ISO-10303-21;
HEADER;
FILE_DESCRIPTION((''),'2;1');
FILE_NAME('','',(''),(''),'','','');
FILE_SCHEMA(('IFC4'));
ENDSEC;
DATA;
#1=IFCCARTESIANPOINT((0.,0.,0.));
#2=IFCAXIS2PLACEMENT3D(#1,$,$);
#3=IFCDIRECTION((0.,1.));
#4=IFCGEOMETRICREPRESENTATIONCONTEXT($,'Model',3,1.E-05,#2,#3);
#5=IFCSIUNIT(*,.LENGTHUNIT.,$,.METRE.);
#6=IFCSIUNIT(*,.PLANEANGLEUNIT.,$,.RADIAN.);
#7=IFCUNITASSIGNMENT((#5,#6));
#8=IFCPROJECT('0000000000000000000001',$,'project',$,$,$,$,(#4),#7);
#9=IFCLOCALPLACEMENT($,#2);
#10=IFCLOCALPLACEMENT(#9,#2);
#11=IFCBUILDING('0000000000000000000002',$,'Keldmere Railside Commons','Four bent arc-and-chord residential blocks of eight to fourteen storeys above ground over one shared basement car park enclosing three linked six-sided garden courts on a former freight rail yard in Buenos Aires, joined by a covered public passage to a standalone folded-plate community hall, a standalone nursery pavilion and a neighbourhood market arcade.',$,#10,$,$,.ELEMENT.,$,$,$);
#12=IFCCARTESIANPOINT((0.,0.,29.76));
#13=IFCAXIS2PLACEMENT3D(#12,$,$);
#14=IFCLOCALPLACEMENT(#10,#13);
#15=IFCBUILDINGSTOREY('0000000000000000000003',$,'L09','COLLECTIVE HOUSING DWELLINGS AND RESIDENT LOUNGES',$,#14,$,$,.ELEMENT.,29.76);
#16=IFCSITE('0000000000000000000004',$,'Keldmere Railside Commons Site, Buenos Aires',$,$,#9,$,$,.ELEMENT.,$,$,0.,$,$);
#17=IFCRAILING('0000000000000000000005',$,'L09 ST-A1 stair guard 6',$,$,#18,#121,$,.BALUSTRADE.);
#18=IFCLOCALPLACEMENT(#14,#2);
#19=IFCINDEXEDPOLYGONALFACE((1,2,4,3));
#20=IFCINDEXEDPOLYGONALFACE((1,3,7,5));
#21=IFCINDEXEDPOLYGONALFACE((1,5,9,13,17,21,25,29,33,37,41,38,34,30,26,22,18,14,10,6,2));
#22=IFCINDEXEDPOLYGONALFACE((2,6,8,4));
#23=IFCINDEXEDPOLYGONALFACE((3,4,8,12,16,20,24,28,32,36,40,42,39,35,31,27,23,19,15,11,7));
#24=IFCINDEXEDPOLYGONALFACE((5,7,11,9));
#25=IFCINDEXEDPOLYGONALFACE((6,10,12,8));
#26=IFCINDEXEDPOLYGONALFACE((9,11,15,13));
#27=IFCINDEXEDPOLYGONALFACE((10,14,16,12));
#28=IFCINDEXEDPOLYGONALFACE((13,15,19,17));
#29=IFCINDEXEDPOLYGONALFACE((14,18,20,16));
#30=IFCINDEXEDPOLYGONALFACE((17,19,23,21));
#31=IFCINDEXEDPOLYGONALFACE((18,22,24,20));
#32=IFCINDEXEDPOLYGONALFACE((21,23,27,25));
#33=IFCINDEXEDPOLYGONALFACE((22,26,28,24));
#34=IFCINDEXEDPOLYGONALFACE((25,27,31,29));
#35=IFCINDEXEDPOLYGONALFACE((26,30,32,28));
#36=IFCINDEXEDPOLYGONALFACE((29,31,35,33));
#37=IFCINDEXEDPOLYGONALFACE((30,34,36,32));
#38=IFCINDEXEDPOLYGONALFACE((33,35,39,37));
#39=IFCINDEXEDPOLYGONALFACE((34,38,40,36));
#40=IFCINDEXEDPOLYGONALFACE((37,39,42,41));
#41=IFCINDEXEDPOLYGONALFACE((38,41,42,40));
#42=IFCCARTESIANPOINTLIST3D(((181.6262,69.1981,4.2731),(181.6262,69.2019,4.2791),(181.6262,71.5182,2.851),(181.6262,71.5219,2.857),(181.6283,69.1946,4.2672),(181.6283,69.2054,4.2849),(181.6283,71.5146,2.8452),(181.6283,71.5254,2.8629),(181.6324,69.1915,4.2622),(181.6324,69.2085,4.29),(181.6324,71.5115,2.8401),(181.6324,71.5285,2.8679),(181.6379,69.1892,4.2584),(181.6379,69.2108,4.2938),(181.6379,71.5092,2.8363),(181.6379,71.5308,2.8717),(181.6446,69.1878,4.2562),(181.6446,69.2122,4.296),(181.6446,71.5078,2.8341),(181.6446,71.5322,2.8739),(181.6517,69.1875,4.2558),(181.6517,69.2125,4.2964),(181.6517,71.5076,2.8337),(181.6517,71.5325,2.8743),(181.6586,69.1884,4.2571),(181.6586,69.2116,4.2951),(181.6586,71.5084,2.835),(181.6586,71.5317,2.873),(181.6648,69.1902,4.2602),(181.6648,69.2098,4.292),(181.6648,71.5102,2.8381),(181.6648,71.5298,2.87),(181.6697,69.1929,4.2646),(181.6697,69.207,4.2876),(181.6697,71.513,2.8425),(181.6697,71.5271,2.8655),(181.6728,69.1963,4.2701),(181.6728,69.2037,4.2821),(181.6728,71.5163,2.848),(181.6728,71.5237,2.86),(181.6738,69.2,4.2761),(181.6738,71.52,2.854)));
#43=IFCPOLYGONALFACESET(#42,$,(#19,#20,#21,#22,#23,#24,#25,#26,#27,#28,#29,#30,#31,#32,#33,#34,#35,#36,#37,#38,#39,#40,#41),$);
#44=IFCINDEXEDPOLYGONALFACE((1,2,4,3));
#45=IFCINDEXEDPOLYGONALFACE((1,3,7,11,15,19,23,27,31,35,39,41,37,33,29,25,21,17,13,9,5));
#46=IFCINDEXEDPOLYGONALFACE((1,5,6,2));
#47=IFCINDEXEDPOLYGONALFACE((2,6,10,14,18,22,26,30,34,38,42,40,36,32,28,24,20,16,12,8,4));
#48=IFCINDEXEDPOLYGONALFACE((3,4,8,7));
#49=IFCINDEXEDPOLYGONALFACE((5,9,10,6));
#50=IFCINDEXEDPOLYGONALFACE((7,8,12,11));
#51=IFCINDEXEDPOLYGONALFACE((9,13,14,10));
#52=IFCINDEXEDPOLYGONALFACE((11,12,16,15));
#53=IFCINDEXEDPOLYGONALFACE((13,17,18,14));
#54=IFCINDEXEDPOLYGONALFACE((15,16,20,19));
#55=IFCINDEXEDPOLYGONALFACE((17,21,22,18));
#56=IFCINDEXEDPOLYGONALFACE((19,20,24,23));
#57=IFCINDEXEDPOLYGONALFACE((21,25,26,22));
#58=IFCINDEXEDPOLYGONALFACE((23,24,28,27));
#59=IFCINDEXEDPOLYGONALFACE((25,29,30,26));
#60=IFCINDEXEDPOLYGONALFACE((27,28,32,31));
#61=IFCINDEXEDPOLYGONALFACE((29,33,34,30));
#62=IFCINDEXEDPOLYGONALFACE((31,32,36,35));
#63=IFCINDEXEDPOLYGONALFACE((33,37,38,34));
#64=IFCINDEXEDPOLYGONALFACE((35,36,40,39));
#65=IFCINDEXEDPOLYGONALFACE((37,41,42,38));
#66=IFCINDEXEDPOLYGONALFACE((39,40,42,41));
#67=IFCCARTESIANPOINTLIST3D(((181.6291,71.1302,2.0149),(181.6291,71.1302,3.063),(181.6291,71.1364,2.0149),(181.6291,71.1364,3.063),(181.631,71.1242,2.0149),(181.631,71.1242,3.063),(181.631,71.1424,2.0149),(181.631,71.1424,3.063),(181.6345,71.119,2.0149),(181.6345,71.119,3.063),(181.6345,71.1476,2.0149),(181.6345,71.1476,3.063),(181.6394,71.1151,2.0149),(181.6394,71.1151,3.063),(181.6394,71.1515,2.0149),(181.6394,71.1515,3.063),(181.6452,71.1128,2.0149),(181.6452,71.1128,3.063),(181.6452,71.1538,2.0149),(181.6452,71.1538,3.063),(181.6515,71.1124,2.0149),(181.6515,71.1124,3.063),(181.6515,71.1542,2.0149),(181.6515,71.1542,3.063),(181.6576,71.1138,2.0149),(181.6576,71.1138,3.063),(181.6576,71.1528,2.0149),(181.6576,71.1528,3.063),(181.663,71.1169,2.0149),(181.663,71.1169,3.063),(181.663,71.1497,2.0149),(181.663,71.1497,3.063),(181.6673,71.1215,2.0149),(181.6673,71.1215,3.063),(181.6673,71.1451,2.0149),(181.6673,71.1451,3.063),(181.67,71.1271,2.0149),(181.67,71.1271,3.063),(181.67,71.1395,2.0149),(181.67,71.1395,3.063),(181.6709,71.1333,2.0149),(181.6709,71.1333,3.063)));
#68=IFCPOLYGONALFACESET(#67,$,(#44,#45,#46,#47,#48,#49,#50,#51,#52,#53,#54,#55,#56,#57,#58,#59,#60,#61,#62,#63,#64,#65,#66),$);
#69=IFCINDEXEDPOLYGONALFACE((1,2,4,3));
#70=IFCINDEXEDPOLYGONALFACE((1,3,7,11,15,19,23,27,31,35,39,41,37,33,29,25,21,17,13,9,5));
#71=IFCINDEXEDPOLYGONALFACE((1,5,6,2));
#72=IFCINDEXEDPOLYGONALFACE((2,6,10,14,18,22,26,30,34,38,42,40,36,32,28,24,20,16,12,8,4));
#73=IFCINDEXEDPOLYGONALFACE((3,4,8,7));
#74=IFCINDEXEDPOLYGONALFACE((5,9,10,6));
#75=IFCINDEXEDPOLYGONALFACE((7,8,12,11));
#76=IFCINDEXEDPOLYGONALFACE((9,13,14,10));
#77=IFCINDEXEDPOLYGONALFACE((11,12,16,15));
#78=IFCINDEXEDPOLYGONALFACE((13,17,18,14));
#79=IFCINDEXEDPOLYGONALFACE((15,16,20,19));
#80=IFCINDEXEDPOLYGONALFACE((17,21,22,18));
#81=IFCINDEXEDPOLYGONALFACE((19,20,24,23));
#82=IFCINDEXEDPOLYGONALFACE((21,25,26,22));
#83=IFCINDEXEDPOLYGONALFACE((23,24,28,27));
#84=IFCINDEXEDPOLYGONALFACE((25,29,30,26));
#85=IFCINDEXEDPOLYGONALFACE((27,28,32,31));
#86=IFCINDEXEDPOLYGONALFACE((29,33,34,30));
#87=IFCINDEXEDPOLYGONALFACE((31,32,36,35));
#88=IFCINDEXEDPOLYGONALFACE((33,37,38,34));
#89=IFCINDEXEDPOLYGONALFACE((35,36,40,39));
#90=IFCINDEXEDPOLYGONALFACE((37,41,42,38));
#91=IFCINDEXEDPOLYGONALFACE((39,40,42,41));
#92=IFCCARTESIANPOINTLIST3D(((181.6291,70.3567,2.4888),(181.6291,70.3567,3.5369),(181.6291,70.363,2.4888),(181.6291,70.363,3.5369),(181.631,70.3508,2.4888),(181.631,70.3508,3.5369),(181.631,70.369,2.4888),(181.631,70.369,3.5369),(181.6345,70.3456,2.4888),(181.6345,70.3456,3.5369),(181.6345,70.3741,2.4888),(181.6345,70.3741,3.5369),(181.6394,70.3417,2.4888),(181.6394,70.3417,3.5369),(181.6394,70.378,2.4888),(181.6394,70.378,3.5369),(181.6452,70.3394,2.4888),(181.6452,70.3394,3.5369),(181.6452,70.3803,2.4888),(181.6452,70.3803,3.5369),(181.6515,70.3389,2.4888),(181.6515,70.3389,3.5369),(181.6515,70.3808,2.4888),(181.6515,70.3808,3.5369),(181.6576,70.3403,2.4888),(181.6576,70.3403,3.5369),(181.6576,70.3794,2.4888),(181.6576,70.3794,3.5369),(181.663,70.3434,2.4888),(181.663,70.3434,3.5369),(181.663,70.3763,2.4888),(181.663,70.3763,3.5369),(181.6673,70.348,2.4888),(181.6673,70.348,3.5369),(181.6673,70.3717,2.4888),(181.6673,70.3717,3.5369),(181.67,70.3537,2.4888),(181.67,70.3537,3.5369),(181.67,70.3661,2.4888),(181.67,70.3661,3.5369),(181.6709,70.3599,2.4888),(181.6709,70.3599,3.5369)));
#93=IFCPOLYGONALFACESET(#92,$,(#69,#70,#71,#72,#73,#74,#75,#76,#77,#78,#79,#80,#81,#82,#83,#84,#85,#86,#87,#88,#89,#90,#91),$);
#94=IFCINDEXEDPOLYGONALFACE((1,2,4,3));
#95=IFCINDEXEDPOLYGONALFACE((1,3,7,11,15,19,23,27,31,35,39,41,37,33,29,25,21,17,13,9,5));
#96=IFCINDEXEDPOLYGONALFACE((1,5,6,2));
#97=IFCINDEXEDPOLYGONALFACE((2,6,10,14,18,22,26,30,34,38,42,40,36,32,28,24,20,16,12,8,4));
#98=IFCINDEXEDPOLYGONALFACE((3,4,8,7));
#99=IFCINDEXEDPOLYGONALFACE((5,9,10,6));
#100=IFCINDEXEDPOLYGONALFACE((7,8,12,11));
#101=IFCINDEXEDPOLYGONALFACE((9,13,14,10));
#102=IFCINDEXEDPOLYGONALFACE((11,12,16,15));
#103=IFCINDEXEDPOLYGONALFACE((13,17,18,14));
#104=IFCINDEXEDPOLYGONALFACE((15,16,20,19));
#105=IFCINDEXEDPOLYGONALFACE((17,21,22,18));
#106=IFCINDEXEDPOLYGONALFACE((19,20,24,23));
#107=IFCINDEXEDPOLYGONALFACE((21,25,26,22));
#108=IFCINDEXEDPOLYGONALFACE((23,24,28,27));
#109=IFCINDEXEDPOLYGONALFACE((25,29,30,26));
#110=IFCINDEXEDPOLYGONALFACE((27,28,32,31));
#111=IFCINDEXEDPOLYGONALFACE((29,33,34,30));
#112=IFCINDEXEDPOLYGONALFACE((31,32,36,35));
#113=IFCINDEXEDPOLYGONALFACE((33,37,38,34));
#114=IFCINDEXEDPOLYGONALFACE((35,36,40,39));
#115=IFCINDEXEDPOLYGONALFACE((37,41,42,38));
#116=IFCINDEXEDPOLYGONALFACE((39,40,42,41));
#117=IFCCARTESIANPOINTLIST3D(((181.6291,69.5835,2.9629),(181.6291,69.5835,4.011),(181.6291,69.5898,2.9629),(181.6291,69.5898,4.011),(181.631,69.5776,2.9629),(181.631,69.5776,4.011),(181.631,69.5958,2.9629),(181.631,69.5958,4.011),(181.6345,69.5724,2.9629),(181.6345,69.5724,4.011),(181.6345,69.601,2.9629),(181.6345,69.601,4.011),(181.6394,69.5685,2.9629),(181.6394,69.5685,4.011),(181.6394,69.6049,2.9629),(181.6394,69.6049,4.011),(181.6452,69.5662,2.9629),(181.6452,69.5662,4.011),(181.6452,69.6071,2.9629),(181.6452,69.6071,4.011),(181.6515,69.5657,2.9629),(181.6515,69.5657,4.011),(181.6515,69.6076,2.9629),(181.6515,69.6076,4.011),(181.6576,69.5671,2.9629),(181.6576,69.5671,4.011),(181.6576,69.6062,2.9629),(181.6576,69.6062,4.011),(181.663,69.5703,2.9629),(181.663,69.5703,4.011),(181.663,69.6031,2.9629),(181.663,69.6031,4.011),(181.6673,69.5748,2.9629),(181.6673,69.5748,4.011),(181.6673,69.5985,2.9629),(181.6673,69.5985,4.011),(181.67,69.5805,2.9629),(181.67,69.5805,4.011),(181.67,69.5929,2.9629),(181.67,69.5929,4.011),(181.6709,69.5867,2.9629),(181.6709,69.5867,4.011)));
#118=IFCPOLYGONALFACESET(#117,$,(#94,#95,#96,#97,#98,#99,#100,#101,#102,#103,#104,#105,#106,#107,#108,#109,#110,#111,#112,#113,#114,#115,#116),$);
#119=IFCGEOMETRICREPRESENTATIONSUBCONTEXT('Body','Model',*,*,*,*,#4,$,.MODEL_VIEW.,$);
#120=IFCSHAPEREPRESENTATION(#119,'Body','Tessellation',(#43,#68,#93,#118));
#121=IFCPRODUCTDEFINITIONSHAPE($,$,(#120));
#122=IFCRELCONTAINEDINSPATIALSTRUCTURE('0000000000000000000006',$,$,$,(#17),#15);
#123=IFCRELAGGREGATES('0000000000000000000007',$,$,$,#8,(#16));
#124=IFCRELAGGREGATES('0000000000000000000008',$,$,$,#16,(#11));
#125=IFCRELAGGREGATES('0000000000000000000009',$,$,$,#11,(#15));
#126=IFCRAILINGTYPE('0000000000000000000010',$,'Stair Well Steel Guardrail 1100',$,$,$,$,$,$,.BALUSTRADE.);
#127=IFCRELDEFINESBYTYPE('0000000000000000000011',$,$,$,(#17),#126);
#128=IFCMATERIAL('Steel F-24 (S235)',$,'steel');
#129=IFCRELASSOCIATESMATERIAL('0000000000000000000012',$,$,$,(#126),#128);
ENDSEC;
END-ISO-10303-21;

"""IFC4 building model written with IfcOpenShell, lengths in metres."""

from ifc_helpers import new_model, si_unit, direction, frame, origin, origin_2d, place, context, subcontext, project, spatial, circle, extrude, material, type_object, element, save


model = new_model("IFC4")

# Units and contexts
model_context = context("Model", 3, precision=1e-05, world=origin(), true_north=direction((0.0, 1.0)))
body_context = subcontext(model_context, "Body", "Model", "MODEL_VIEW")
ifc_project = project(units=[si_unit("LENGTHUNIT", "METRE"), si_unit("PLANEANGLEUNIT", "RADIAN")], contexts=[model_context])

# Site, building, storey
site_placement = place(None, origin())
site = spatial("IfcSite", under=ifc_project, at=site_placement, Name="Keldmere Railside Commons Site, Buenos Aires", CompositionType="ELEMENT", RefElevation=0.0)
building_placement = place(site_placement, origin())
building = spatial("IfcBuilding", under=site, at=building_placement, Name="Keldmere Railside Commons", Description="Four bent arc-and-chord residential blocks of eight to fourteen storeys above ground over one shared basement car park enclosing three linked six-sided garden courts on a former freight rail yard in Buenos Aires, joined by a covered public passage to a standalone folded-plate community hall, a standalone nursery pavilion and a neighbourhood market arcade.", CompositionType="ELEMENT")
storey_placement = place(building_placement, frame((0.0, 0.0, 29.76)))
storey = spatial("IfcBuildingStorey", under=building, at=storey_placement, Name="L09", Description="COLLECTIVE HOUSING DWELLINGS AND RESIDENT LOUNGES", CompositionType="ELEMENT", Elevation=29.76)

# Shared definitions
ifc_material_1 = material(Name="Steel F-24 (S235)", Category="steel")

# Railing
railing_type_1 = type_object("IfcRailingType", Name="Stair Well Steel Guardrail 1100", PredefinedType="BALUSTRADE", material=ifc_material_1)
railing_1_placement = place(storey_placement, frame((181.6499, 71.52, 1.7778)))
element("IfcRailing", 1, at=railing_1_placement, inside=storey, type_object=railing_type_1, Name="L09 ST-A1 stair guard 6", PredefinedType="BALUSTRADE", context=body_context, shape_type="SweptSolid", body=[
    extrude(circle(Radius=0.0239, at=origin_2d()), frame((0.0, 0.0, 1.0762), z_axis=(0.0, -0.852578, 0.5226), x_axis=(1.0, 0.0, 0.0)), (0.0, 0.0, 1.0), 2.7212),
    extrude(circle(Radius=0.021, at=origin_2d()), frame((0.0, -0.3867, 0.2371)), (0.0, 0.0, 1.0), 1.0481),
    extrude(circle(Radius=0.021, at=origin_2d()), frame((0.0, -1.1602, 0.7109)), (0.0, 0.0, 1.0), 1.0481),
    extrude(circle(Radius=0.021, at=origin_2d()), frame((0.0, -1.9333, 1.1851)), (0.0, 0.0, 1.0), 1.0481),
])

save(model, "model.ifc")
